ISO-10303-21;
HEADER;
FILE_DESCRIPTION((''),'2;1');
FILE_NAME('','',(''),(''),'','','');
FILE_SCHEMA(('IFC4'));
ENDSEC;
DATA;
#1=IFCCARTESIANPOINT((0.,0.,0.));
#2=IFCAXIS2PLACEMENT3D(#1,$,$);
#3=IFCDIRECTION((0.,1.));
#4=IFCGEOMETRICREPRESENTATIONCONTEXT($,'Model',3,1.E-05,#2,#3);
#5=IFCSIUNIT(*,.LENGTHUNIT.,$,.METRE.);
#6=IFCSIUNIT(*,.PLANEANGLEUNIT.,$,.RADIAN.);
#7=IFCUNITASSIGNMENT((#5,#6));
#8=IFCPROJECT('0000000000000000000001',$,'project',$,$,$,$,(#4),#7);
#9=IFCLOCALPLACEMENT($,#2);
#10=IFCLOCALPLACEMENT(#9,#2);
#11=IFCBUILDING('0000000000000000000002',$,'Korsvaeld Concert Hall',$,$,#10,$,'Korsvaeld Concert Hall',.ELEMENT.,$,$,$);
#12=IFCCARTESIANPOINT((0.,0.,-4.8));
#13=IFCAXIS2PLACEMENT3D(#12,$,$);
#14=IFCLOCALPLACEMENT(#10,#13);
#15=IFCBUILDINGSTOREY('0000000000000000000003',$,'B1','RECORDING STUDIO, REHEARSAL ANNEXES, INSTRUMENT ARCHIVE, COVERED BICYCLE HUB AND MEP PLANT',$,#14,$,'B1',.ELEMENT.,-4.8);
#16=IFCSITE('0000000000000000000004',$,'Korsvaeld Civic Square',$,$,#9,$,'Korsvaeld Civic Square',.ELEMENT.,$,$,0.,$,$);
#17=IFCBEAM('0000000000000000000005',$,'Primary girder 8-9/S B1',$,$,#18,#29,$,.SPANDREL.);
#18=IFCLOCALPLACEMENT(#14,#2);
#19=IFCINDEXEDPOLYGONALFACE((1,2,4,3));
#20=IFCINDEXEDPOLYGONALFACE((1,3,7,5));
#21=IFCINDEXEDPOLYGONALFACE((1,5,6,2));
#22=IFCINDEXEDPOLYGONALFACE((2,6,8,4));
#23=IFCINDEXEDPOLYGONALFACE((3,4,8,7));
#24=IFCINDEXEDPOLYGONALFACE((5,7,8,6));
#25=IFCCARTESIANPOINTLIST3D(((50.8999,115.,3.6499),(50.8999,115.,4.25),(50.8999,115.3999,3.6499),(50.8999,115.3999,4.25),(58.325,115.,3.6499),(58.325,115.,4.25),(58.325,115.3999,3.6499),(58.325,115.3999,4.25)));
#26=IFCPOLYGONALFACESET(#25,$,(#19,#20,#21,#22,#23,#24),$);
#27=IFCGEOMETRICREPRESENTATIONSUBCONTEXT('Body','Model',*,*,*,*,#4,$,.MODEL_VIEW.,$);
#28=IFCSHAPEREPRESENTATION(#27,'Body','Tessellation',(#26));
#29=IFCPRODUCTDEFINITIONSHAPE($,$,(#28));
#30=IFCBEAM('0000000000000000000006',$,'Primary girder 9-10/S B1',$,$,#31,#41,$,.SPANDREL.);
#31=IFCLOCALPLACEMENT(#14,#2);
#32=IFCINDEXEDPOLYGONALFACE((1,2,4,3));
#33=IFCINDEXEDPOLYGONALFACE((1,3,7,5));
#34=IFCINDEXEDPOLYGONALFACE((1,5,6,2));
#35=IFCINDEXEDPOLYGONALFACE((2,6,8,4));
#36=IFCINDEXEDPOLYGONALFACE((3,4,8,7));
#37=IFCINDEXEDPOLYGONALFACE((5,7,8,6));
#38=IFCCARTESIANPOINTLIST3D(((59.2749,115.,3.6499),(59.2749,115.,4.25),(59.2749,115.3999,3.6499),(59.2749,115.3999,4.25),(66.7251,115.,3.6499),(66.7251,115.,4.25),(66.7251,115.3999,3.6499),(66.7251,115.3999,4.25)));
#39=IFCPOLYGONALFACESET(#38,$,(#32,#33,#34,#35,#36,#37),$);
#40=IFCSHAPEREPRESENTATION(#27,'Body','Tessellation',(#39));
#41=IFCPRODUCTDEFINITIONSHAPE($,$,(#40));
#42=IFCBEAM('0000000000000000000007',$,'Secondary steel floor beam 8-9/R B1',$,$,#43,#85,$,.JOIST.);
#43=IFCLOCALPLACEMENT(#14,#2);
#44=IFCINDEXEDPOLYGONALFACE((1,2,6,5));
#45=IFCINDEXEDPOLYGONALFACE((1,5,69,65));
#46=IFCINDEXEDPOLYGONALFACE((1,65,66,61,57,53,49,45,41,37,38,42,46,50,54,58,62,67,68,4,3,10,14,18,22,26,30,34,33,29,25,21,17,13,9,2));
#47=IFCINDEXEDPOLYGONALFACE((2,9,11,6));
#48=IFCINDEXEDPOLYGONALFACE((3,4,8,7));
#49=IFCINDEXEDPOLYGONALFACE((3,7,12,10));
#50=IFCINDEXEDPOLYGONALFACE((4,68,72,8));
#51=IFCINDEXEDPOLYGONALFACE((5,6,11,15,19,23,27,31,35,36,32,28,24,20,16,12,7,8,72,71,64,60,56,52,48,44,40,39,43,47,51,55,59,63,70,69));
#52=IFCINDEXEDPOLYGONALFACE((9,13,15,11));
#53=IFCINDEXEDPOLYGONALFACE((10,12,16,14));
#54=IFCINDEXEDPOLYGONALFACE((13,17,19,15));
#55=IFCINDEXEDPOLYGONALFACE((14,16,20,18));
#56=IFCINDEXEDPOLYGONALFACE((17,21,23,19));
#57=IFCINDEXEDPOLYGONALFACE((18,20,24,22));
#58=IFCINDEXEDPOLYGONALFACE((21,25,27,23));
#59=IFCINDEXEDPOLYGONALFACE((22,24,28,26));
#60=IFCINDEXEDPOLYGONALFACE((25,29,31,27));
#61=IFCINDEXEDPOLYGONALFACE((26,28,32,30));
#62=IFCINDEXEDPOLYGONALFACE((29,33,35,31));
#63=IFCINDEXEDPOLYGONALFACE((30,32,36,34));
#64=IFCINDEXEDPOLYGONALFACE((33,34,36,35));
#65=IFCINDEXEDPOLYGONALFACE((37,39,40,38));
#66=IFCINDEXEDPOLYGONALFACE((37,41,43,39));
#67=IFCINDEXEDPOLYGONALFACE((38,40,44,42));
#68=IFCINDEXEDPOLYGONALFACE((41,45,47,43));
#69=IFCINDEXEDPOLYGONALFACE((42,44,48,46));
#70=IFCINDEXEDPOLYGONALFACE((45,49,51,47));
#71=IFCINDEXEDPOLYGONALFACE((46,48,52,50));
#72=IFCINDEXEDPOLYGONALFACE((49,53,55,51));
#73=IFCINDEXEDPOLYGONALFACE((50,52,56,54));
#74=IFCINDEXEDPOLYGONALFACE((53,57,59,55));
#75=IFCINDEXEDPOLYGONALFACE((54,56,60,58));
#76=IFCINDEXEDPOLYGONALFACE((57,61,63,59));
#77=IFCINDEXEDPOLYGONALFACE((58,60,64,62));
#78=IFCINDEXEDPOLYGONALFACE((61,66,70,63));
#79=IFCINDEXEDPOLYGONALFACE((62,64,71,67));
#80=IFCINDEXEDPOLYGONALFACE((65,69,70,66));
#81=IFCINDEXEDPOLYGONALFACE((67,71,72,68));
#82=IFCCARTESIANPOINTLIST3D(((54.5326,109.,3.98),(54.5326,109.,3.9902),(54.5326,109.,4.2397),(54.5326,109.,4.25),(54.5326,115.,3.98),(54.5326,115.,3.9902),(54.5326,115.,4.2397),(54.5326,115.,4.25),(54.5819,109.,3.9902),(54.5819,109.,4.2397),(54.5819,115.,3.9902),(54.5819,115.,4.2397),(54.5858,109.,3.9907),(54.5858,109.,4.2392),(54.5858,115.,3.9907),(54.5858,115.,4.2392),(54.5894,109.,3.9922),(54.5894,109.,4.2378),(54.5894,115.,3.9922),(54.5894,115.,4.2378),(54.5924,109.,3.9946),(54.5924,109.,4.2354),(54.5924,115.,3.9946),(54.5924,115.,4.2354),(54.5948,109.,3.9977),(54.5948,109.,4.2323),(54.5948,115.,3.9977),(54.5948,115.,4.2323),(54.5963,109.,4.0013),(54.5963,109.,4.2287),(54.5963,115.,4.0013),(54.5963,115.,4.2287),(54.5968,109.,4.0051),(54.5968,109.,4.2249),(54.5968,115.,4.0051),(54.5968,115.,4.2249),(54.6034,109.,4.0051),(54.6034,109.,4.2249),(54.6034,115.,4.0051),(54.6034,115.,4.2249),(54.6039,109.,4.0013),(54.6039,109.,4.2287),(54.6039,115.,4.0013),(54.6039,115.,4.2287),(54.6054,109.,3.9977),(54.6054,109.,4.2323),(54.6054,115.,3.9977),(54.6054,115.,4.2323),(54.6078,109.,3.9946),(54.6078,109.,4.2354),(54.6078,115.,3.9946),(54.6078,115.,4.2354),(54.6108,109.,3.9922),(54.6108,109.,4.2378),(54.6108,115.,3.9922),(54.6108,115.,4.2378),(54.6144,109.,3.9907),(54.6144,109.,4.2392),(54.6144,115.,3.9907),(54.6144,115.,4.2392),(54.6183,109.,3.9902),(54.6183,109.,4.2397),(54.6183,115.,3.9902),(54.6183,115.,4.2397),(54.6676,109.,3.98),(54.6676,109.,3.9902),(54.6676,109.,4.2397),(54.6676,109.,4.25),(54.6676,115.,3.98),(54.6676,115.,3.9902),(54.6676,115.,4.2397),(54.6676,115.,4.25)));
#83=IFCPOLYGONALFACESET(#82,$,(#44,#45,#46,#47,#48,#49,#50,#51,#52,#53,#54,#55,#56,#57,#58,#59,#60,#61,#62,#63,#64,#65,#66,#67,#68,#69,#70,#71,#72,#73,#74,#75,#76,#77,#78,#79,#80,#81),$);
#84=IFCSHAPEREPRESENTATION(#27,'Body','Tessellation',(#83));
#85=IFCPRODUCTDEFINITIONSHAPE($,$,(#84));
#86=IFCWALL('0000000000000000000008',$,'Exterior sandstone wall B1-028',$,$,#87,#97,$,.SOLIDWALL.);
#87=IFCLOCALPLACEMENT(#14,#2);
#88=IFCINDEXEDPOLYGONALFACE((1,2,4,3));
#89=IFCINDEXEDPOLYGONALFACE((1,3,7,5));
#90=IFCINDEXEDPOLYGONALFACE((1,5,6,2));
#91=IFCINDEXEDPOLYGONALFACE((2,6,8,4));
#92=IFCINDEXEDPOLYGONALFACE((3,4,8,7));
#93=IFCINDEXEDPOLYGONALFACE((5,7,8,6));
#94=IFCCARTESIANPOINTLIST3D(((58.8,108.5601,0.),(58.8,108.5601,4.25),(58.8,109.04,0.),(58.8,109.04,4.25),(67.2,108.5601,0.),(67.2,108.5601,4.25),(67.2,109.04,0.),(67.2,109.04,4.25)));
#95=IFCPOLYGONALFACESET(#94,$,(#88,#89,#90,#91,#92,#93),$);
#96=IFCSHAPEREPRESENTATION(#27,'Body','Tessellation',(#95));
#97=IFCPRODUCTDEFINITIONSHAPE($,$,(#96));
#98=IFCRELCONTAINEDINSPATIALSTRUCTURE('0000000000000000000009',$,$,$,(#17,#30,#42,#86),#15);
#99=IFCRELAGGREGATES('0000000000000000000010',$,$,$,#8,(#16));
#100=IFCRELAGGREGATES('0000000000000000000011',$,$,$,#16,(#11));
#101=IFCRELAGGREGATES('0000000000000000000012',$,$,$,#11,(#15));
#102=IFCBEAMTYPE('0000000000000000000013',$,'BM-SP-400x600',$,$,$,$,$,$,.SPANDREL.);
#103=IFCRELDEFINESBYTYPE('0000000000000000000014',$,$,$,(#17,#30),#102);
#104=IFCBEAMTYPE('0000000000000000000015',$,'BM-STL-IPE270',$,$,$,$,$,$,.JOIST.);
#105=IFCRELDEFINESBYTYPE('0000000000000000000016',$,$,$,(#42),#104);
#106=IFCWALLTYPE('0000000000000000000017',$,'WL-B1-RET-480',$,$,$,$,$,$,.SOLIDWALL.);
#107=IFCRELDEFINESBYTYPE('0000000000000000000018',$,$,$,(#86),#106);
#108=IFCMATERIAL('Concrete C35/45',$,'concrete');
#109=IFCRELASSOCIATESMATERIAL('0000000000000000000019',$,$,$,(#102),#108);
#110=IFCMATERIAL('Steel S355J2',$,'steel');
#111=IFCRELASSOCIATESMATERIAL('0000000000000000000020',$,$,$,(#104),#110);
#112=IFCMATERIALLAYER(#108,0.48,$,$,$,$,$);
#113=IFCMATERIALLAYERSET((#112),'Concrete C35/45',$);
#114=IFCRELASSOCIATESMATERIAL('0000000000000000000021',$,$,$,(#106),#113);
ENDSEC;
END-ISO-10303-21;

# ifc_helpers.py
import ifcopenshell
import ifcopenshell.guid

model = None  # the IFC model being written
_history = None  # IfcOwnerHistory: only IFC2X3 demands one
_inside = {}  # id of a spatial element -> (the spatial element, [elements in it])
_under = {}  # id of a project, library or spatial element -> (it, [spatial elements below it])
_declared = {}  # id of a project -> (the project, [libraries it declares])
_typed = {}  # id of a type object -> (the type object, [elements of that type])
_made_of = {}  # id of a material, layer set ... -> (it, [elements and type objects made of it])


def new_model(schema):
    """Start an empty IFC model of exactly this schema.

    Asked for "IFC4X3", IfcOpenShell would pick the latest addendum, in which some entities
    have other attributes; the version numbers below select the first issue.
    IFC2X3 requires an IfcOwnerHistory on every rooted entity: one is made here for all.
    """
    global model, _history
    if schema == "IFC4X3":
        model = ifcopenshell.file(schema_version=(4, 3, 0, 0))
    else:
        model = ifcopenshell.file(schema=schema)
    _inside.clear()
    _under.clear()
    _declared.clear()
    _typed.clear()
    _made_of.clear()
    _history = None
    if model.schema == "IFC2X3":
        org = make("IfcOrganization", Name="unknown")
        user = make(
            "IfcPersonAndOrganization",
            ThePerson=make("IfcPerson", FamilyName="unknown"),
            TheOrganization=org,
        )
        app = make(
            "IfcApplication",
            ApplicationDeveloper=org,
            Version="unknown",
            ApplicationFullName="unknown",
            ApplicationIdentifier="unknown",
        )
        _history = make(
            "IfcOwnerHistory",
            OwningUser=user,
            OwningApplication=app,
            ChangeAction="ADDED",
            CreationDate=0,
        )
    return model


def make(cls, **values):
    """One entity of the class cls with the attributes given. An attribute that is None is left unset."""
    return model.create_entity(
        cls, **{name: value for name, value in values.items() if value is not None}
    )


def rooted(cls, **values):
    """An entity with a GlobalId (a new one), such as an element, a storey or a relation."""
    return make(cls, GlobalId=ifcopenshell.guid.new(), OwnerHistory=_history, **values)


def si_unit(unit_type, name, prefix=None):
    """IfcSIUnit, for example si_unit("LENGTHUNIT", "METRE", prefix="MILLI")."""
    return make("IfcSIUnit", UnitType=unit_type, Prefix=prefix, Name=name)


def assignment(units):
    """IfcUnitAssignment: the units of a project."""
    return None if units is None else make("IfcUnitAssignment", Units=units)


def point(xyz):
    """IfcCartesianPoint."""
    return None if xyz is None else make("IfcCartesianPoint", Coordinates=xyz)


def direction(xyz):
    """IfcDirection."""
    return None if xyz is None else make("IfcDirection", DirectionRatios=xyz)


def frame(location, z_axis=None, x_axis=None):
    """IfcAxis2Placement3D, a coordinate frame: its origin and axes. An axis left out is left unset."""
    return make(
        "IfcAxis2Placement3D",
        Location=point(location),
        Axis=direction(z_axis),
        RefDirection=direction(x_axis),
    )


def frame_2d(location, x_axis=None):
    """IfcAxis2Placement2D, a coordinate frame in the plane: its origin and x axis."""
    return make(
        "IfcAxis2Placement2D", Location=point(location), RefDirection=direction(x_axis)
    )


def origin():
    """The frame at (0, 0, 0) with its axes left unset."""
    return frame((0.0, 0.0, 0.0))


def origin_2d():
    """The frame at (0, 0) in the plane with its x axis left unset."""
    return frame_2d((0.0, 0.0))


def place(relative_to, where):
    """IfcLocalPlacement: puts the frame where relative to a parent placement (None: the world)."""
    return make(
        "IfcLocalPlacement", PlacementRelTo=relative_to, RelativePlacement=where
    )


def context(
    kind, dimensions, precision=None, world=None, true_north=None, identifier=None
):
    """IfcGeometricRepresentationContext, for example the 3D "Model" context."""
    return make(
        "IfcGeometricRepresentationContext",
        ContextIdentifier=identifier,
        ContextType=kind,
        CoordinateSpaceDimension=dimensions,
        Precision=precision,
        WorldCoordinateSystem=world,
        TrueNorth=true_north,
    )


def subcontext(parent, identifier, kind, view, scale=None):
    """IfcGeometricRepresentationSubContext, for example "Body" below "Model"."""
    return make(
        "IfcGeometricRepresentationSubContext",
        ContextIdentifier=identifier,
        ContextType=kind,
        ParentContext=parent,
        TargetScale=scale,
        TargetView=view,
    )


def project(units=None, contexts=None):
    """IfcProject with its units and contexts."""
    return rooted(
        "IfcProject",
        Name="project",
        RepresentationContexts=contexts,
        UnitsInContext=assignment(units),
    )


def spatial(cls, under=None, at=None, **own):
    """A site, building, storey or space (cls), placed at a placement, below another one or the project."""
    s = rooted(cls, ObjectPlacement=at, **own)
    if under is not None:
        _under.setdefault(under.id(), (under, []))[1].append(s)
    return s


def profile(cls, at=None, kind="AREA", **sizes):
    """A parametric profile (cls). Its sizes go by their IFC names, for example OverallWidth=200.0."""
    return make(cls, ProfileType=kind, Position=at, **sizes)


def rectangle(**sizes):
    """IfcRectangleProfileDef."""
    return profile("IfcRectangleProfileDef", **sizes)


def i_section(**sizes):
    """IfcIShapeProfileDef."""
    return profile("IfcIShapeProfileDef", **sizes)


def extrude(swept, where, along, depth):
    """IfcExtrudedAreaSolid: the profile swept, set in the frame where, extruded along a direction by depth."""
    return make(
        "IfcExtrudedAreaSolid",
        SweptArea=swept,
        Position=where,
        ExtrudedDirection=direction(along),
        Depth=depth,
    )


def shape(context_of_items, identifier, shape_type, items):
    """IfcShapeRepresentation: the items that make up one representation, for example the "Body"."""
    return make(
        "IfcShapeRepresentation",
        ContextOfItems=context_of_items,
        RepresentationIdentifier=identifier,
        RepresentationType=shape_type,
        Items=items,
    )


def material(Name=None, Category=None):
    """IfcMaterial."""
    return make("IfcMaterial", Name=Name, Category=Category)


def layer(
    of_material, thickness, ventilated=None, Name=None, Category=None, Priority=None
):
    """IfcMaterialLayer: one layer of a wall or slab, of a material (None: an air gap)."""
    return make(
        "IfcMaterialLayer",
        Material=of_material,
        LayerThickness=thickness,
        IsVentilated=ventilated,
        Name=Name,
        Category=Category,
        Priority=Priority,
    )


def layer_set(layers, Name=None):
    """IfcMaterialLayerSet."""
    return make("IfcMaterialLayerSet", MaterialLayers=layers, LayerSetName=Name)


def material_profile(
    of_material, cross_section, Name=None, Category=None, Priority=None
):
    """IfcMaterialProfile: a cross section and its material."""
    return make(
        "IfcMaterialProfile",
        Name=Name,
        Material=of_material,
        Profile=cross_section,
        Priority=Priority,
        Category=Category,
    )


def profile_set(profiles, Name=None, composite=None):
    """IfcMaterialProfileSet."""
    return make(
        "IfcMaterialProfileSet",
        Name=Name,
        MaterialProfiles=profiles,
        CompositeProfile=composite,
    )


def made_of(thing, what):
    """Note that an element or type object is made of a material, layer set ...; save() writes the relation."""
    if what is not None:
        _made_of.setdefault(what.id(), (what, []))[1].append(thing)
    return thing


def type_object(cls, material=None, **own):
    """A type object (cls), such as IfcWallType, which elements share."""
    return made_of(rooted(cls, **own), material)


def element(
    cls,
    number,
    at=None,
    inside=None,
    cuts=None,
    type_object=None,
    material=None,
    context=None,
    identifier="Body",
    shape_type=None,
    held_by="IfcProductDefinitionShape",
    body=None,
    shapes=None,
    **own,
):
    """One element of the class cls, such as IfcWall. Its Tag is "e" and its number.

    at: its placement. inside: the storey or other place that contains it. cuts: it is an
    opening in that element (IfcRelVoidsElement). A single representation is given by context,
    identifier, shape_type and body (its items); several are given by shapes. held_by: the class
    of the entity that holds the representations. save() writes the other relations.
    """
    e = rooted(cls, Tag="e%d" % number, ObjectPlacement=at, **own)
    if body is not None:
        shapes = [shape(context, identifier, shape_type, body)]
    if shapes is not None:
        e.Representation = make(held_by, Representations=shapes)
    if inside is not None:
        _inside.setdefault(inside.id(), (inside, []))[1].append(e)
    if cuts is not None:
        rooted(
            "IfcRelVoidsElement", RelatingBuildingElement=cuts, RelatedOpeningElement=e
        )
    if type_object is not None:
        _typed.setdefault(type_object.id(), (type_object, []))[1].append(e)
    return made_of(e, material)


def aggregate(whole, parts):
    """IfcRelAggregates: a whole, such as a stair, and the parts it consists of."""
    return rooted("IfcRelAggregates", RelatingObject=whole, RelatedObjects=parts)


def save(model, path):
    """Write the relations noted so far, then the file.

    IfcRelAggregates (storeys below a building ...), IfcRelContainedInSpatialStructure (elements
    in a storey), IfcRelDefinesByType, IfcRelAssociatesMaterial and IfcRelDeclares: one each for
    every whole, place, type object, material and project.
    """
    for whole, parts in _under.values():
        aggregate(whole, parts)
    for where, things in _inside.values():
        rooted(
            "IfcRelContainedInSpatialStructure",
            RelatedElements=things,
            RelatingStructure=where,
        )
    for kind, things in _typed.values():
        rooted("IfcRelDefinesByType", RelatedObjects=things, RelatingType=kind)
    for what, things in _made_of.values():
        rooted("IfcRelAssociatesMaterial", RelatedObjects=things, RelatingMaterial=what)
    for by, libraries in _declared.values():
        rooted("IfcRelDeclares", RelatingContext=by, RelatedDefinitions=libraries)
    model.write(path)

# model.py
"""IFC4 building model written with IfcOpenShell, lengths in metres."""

from ifc_helpers import new_model, si_unit, direction, frame, frame_2d, origin, origin_2d, place, context, subcontext, project, spatial, rectangle, i_section, extrude, material, layer, layer_set, material_profile, profile_set, type_object, element, save


model = new_model("IFC4")

# Units and contexts
model_context = context("Model", 3, precision=1e-05, world=origin(), true_north=direction((0.0, 1.0)))
body_context = subcontext(model_context, "Body", "Model", "MODEL_VIEW")
ifc_project = project(units=[si_unit("LENGTHUNIT", "METRE"), si_unit("PLANEANGLEUNIT", "RADIAN")], contexts=[model_context])

# Site, building, storey
site_placement = place(None, origin())
site = spatial("IfcSite", under=ifc_project, at=site_placement, Name="Korsvaeld Civic Square", LongName="Korsvaeld Civic Square", CompositionType="ELEMENT", RefElevation=0.0)
building_placement = place(site_placement, origin())
building = spatial("IfcBuilding", under=site, at=building_placement, Name="Korsvaeld Concert Hall", LongName="Korsvaeld Concert Hall", CompositionType="ELEMENT")
storey_placement = place(building_placement, frame((0.0, 0.0, -4.8)))
storey = spatial("IfcBuildingStorey", under=building, at=storey_placement, Name="B1", Description="RECORDING STUDIO, REHEARSAL ANNEXES, INSTRUMENT ARCHIVE, COVERED BICYCLE HUB AND MEP PLANT", LongName="B1", CompositionType="ELEMENT", Elevation=-4.8)

# Shared definitions
ifc_material_1 = material(Name="Concrete C35/45", Category="concrete")

# Beams
ifc_material_profile_1 = material_profile(ifc_material_1, rectangle(XDim=0.3999, YDim=0.6001, at=origin_2d()), Name="RC 400x600")
ifc_profile_set_1 = profile_set([ifc_material_profile_1], Name="Concrete C35/45")
beam_type_1 = type_object("IfcBeamType", Name="BM-SP-400x600", PredefinedType="SPANDREL", material=ifc_profile_set_1)
beam_1_placement = place(storey_placement, frame((50.8999, 115.2, 3.95), z_axis=(1.0, 0.0, 0.0), x_axis=(0.0, 1.0, 0.0)))
element("IfcBeam", 1, at=beam_1_placement, inside=storey, type_object=beam_type_1, Name="Primary girder 8-9/S B1", PredefinedType="SPANDREL", context=body_context, shape_type="SweptSolid", body=[
    extrude(rectangle(XDim=0.3999, YDim=0.6001, at=origin_2d()), origin(), (0.0, 0.0, 1.0), 7.425),
])
beam_2_placement = place(storey_placement, frame((59.2749, 115.2, 3.95), z_axis=(1.0, 0.0, 0.0), x_axis=(0.0, 1.0, 0.0)))
element("IfcBeam", 2, at=beam_2_placement, inside=storey, type_object=beam_type_1, Name="Primary girder 9-10/S B1", PredefinedType="SPANDREL", context=body_context, shape_type="SweptSolid", body=[
    extrude(rectangle(XDim=0.3999, YDim=0.6001, at=origin_2d()), origin(), (0.0, 0.0, 1.0), 7.4502),
])
ifc_material_2 = material(Name="Steel S355J2", Category="steel")
ifc_material_profile_2 = material_profile(ifc_material_2, i_section(OverallWidth=0.135, OverallDepth=0.27, WebThickness=0.0066, FlangeThickness=0.0103, FilletRadius=0.0149, at=origin_2d()), Name="IPE 270")
ifc_profile_set_2 = profile_set([ifc_material_profile_2], Name="Steel S355J2")
beam_type_2 = type_object("IfcBeamType", Name="BM-STL-IPE270", PredefinedType="JOIST", material=ifc_profile_set_2)
beam_3_placement = place(storey_placement, frame((54.6001, 109.0, 4.115), z_axis=(0.0, 1.0, 0.0), x_axis=(-1.0, 0.0, 0.0)))
element("IfcBeam", 3, at=beam_3_placement, inside=storey, type_object=beam_type_2, Name="Secondary steel floor beam 8-9/R B1", PredefinedType="JOIST", context=body_context, shape_type="SweptSolid", body=[
    extrude(i_section(OverallWidth=0.135, OverallDepth=0.27, WebThickness=0.0066, FlangeThickness=0.0103, FilletRadius=0.0149, at=origin_2d()), origin(), (0.0, 0.0, 1.0), 6.0),
])

# Wall
ifc_layer = layer(ifc_material_1, 0.48)
ifc_layer_set = layer_set([ifc_layer], Name="Concrete C35/45")
wall_type = type_object("IfcWallType", Name="WL-B1-RET-480", PredefinedType="SOLIDWALL", material=ifc_layer_set)
wall_placement = place(storey_placement, frame((58.8, 108.8, 0.0), z_axis=(0.0, 0.0, 1.0), x_axis=(1.0, 0.0, 0.0)))
element("IfcWall", 4, at=wall_placement, inside=storey, type_object=wall_type, Name="Exterior sandstone wall B1-028", PredefinedType="SOLIDWALL", context=body_context, shape_type="SweptSolid", body=[
    extrude(rectangle(XDim=8.3999, YDim=0.48, at=frame_2d((4.2, 0.0))), origin(), (0.0, 0.0, 1.0), 4.25),
])

save(model, "model.ifc")
